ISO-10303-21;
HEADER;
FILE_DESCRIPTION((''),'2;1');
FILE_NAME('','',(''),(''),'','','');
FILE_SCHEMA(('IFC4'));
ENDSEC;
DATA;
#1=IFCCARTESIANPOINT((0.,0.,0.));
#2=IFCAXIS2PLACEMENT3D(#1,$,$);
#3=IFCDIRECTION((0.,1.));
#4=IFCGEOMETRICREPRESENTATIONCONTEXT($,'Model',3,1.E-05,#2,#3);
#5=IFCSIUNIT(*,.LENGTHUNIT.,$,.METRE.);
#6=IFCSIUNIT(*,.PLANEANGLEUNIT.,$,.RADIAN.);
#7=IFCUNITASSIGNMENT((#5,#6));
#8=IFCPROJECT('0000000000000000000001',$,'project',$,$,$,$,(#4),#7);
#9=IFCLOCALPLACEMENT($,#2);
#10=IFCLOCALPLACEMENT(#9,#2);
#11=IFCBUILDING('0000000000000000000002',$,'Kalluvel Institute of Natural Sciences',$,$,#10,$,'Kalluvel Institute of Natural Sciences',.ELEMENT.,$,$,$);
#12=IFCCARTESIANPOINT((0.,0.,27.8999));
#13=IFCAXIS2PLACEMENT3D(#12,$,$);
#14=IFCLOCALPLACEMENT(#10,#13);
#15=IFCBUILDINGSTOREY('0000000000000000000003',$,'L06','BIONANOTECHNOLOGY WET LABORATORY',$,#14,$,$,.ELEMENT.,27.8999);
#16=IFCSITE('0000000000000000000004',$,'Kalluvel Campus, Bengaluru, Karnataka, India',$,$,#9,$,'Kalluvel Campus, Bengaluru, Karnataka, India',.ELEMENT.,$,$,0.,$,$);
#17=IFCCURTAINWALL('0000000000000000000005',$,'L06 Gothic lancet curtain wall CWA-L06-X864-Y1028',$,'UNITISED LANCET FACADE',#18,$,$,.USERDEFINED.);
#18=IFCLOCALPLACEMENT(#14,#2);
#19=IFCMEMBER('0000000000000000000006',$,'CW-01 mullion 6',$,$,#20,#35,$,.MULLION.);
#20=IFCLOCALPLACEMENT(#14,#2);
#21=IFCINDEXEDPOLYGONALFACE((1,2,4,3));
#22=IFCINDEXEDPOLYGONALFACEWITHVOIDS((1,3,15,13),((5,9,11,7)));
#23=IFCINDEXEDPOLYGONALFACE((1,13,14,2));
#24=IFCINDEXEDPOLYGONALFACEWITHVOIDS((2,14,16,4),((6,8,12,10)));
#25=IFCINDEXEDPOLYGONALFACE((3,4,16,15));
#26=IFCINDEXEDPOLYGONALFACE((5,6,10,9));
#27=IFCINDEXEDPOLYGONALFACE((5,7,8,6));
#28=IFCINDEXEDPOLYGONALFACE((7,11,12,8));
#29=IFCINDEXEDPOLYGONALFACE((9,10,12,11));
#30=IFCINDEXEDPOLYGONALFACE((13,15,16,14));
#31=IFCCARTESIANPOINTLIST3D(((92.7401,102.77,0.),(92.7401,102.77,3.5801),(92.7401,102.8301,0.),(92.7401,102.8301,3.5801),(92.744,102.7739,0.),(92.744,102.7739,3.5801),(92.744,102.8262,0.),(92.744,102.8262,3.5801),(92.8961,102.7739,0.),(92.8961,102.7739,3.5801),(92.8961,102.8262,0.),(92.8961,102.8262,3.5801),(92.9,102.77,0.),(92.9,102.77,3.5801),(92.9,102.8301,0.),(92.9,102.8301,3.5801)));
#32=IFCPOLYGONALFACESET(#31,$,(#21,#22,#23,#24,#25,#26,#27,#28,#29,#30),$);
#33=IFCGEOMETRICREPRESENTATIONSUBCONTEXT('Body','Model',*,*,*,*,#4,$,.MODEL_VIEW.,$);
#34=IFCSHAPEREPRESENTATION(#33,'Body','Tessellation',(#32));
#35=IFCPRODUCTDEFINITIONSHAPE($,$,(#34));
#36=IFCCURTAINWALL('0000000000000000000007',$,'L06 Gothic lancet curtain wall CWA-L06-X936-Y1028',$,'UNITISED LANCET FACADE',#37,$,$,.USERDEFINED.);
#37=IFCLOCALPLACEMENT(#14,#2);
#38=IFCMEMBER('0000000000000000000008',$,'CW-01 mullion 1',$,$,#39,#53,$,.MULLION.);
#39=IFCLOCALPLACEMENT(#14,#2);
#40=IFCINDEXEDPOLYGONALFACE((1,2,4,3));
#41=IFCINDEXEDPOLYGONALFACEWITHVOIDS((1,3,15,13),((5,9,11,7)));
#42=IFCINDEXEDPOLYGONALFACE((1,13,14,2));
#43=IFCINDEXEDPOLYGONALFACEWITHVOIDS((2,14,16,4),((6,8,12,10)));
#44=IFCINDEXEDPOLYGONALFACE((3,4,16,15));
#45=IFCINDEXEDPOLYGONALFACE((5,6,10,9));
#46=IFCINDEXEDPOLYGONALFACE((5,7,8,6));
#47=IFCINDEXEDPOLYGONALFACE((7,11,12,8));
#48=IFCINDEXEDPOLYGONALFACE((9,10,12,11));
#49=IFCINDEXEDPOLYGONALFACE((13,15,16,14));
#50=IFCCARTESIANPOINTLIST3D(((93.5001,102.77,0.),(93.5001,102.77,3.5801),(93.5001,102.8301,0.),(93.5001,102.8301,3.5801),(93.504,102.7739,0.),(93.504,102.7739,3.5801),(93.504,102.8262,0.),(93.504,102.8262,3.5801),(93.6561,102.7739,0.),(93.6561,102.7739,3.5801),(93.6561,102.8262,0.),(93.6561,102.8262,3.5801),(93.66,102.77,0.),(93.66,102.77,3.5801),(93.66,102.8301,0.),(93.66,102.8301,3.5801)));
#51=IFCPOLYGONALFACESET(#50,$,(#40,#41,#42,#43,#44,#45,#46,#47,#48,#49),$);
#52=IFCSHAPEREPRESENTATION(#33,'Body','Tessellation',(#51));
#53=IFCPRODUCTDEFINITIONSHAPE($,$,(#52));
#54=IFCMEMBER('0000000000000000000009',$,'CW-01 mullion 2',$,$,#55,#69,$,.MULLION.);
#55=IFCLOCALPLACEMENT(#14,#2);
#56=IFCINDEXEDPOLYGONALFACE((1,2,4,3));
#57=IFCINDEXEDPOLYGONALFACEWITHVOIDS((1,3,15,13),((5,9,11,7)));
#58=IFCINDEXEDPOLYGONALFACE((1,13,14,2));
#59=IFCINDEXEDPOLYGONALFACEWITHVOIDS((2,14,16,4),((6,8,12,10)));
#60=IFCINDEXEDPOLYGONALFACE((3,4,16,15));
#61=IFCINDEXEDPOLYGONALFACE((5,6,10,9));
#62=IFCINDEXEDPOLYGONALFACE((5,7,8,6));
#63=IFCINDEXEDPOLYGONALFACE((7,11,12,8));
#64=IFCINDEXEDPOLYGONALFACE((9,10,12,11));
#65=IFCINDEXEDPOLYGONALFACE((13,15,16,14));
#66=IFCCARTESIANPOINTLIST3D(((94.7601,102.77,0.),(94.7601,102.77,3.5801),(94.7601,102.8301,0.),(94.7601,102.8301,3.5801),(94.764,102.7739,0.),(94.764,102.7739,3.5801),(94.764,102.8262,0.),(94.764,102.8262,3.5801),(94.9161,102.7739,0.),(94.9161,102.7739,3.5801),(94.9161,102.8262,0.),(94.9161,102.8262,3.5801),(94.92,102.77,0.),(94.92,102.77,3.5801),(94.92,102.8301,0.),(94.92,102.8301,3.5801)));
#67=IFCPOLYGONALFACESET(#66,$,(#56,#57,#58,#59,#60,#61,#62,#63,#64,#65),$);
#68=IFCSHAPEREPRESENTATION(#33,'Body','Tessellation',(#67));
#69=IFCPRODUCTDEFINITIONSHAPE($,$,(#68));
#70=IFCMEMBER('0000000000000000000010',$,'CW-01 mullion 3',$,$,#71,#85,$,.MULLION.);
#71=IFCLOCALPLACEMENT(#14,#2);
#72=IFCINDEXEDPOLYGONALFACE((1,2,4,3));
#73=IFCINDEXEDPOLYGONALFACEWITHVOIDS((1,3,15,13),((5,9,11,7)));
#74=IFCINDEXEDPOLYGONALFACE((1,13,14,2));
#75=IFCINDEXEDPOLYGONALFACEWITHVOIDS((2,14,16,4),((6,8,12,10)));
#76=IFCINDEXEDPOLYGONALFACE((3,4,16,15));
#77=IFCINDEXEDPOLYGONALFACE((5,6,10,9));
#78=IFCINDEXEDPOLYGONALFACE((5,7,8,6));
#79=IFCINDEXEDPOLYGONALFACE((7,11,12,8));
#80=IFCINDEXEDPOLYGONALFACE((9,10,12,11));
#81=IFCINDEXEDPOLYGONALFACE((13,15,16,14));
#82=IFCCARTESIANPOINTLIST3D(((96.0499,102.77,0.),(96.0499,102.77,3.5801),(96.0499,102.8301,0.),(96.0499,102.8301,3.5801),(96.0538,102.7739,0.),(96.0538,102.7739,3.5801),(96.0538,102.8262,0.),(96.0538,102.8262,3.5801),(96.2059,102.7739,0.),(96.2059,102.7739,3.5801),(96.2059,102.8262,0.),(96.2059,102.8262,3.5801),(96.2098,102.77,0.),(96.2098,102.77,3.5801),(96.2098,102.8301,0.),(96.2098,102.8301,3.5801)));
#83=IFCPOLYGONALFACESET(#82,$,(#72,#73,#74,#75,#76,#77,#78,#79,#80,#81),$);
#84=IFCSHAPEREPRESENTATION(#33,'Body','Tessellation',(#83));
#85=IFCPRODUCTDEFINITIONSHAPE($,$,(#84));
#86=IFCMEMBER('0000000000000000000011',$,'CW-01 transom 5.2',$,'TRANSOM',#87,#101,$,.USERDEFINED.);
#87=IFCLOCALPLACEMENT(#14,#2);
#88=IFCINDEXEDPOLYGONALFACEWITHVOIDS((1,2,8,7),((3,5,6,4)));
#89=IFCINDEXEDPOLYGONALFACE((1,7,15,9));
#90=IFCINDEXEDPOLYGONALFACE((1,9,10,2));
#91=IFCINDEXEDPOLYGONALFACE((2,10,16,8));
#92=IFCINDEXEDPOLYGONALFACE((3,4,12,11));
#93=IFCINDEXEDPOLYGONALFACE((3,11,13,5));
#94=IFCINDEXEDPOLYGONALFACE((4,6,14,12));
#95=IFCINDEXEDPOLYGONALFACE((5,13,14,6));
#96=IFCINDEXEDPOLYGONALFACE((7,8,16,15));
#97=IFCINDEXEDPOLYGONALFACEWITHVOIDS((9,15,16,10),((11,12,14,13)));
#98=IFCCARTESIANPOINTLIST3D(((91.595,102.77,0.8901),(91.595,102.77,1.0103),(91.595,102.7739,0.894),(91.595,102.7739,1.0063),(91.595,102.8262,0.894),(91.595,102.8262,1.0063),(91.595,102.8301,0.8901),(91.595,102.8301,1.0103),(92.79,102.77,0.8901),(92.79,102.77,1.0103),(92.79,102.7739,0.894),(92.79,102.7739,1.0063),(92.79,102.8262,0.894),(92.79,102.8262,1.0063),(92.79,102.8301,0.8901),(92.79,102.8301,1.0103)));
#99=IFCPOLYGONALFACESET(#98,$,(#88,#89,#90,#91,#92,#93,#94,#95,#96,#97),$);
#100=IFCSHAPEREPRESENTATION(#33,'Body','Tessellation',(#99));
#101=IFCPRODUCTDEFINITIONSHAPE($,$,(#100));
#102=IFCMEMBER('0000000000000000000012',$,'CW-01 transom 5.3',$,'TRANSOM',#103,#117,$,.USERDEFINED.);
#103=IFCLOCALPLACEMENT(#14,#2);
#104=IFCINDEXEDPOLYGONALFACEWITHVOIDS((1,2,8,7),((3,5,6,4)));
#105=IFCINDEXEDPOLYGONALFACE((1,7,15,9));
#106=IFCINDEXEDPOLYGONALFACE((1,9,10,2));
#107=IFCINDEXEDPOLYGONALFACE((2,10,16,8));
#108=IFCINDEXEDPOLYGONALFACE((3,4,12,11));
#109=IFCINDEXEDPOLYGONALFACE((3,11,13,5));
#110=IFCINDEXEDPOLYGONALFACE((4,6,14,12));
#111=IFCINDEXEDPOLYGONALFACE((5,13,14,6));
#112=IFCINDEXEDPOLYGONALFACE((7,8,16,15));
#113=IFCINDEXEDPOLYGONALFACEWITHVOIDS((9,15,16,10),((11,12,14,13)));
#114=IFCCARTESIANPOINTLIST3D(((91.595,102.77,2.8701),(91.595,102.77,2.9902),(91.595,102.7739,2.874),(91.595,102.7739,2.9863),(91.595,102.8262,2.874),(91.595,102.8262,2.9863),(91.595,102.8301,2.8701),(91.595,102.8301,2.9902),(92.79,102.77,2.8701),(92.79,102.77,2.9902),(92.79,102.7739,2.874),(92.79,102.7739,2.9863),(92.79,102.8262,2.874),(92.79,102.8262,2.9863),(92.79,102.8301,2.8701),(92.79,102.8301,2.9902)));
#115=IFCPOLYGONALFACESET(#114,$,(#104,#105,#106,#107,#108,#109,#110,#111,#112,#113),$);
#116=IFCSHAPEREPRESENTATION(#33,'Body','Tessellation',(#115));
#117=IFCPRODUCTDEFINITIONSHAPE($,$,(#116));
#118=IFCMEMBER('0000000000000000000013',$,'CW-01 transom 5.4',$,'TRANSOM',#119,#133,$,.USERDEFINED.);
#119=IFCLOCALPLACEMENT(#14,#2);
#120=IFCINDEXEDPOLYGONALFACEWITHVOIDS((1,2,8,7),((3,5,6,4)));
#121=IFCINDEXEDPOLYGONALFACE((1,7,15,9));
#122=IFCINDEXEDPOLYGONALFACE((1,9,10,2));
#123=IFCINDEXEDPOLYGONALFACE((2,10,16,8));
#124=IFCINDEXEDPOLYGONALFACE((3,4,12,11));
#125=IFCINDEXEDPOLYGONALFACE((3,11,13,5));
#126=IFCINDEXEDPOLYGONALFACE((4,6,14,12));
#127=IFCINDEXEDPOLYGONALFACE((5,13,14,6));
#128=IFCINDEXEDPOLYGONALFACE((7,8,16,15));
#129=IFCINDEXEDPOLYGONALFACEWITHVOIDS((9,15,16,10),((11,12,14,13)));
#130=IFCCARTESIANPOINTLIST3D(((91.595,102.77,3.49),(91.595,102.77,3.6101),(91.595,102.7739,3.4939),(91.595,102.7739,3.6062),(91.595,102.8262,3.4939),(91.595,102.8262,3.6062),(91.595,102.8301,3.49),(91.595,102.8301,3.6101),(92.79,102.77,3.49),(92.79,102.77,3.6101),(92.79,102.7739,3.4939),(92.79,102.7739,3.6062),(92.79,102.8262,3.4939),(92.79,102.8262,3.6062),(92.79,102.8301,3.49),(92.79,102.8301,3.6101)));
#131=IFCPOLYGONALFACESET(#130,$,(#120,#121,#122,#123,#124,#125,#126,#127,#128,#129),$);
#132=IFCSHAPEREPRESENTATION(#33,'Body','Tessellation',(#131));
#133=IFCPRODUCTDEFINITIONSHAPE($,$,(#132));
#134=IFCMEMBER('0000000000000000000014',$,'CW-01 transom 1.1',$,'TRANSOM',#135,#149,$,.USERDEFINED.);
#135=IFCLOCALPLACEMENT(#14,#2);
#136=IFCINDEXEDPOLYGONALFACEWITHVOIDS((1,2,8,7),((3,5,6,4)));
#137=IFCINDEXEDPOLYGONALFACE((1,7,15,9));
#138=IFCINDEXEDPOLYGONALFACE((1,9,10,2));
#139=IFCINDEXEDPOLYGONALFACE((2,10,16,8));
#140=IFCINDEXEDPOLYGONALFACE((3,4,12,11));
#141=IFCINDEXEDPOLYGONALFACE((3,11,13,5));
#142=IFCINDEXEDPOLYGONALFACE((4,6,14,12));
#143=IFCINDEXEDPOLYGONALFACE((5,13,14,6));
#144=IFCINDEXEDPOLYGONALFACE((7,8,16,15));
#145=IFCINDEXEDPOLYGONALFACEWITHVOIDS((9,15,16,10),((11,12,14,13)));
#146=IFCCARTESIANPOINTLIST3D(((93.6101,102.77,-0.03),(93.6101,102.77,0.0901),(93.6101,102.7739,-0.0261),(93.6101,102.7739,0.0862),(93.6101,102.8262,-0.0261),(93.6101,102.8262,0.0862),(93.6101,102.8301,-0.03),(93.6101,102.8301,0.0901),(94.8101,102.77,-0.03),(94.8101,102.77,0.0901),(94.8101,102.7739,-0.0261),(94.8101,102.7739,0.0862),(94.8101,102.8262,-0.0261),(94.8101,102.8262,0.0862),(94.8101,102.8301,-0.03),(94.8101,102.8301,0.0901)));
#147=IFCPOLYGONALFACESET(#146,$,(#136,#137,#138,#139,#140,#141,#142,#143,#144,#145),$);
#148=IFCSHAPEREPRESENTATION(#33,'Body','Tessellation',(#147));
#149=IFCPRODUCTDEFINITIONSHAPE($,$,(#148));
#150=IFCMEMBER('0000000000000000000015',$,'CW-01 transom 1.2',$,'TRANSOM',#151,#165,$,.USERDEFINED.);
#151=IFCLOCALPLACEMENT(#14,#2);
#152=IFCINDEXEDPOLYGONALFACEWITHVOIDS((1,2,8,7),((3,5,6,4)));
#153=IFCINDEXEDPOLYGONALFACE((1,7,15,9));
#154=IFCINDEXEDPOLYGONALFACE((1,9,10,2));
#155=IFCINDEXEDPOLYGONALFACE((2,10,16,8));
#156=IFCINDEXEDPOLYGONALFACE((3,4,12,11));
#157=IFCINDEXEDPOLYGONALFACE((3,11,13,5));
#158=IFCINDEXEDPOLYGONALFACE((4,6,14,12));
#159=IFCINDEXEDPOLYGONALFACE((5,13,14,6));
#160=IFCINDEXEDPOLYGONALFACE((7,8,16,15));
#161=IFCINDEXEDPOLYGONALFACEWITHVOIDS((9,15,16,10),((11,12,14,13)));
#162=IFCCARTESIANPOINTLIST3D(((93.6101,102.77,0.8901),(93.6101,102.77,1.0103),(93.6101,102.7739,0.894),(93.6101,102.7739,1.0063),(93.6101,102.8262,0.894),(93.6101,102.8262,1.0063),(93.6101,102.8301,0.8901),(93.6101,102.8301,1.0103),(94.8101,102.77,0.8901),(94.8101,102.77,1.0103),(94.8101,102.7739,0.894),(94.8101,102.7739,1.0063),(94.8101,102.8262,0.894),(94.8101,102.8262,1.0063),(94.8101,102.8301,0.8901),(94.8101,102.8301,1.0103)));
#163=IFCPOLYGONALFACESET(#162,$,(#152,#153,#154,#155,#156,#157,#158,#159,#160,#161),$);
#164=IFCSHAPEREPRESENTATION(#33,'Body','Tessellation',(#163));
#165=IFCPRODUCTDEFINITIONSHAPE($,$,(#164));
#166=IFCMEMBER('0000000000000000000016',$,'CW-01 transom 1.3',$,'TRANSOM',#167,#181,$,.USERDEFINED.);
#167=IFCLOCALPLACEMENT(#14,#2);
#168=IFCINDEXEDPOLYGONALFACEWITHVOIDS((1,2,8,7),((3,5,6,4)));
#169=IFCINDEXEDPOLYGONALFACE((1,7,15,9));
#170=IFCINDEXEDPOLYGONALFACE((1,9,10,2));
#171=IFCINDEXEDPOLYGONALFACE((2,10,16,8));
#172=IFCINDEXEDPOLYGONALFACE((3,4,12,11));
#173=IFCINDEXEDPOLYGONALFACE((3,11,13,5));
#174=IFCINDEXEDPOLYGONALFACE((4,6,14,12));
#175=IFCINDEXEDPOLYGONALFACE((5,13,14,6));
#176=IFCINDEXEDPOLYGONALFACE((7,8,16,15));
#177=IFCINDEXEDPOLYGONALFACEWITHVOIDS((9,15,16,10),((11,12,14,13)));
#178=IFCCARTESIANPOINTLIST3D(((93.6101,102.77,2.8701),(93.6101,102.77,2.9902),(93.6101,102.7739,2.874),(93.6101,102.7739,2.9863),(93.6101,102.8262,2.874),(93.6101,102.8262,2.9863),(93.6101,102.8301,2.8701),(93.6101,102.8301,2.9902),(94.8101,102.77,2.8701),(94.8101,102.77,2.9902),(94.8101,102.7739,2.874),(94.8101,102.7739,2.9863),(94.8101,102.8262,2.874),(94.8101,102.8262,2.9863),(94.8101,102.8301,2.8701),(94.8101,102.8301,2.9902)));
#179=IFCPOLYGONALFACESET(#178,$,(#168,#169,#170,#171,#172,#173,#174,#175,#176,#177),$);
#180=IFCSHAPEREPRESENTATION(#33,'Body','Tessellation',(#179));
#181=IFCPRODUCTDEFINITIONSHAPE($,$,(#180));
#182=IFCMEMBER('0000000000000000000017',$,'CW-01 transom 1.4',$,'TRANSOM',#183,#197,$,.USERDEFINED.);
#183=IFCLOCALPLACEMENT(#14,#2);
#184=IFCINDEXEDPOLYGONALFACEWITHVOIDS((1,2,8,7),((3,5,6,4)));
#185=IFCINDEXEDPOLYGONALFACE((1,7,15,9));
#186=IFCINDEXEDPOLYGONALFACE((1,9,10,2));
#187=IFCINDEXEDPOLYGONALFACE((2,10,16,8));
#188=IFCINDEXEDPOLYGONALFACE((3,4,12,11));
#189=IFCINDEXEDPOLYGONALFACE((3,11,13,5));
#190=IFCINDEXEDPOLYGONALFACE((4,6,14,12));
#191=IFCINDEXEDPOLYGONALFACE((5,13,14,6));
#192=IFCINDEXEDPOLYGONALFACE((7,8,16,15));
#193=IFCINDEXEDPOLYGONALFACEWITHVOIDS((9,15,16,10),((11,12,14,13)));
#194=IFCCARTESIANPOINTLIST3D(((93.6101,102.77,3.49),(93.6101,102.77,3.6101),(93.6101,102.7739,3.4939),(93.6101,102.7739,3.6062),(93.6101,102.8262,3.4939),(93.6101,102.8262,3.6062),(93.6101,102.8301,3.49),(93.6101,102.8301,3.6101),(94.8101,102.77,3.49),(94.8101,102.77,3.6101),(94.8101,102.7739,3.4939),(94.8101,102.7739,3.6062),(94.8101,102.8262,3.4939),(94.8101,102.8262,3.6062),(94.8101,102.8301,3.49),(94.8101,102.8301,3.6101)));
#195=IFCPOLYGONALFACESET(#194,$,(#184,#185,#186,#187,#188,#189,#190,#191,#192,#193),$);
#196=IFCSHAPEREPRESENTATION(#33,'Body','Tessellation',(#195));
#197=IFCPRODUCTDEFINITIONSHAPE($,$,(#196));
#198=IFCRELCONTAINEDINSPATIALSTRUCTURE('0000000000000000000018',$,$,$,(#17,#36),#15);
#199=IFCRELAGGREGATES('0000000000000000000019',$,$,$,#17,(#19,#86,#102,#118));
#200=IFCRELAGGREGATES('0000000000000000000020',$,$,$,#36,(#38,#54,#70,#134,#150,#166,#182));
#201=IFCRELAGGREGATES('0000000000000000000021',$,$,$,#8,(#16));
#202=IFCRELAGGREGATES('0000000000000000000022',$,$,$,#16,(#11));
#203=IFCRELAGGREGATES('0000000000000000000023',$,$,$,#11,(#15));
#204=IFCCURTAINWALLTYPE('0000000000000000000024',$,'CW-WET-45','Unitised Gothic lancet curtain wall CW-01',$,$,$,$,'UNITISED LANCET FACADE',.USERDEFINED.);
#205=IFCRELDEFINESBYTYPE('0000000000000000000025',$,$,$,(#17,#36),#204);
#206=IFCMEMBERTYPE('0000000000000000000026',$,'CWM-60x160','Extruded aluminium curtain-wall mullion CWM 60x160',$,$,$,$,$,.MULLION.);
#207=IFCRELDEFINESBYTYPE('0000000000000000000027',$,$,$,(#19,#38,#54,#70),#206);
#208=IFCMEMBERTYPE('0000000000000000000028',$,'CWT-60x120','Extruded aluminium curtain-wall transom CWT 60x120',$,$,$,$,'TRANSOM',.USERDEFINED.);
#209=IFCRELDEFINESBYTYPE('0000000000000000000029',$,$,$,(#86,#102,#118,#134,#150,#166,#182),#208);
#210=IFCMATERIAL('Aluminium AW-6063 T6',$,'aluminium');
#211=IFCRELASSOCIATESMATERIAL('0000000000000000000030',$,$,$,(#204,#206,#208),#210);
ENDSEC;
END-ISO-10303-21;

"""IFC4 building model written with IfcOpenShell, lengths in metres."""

from ifc_helpers import new_model, si_unit, direction, frame, origin, origin_2d, place, context, subcontext, project, spatial, hollow_rectangle, extrude, material, material_profile, profile_set, type_object, element, aggregate, save


model = new_model("IFC4")

# Units and contexts
model_context = context("Model", 3, precision=1e-05, world=origin(), true_north=direction((0.0, 1.0)))
body_context = subcontext(model_context, "Body", "Model", "MODEL_VIEW")
ifc_project = project(units=[si_unit("LENGTHUNIT", "METRE"), si_unit("PLANEANGLEUNIT", "RADIAN")], contexts=[model_context])

# Site, building, storey
site_placement = place(None, origin())
site = spatial("IfcSite", under=ifc_project, at=site_placement, Name="Kalluvel Campus, Bengaluru, Karnataka, India", LongName="Kalluvel Campus, Bengaluru, Karnataka, India", CompositionType="ELEMENT", RefElevation=0.0)
building_placement = place(site_placement, origin())
building = spatial("IfcBuilding", under=site, at=building_placement, Name="Kalluvel Institute of Natural Sciences", LongName="Kalluvel Institute of Natural Sciences", CompositionType="ELEMENT")
storey_placement = place(building_placement, frame((0.0, 0.0, 27.8999)))
storey = spatial("IfcBuildingStorey", under=building, at=storey_placement, Name="L06", Description="BIONANOTECHNOLOGY WET LABORATORY", CompositionType="ELEMENT", Elevation=27.8999)

# Curtain wall, member
ifc_material_1 = material(Name="Aluminium AW-6063 T6", Category="aluminium")
curtain_wall_type = type_object("IfcCurtainWallType", Name="CW-WET-45", Description="Unitised Gothic lancet curtain wall CW-01", ElementType="UNITISED LANCET FACADE", PredefinedType="USERDEFINED", material=ifc_material_1)
curtain_wall_1_placement = place(storey_placement, origin())
curtain_wall_1 = element("IfcCurtainWall", 1, at=curtain_wall_1_placement, inside=storey, type_object=curtain_wall_type, Name="L06 Gothic lancet curtain wall CWA-L06-X864-Y1028", ObjectType="UNITISED LANCET FACADE", PredefinedType="USERDEFINED")
ifc_material_profile_1 = material_profile(ifc_material_1, hollow_rectangle(XDim=0.0601, YDim=0.1599, WallThickness=0.0039, at=origin_2d()), Name="CWM 60x160")
ifc_profile_set_1 = profile_set([ifc_material_profile_1], Name="Aluminium AW-6063 T6")
member_type_1 = type_object("IfcMemberType", Name="CWM-60x160", Description="Extruded aluminium curtain-wall mullion CWM 60x160", PredefinedType="MULLION", material=ifc_profile_set_1)
member_1_placement = place(storey_placement, frame((92.8201, 102.8, 0.0), z_axis=(0.0, 0.0, 1.0), x_axis=(0.0, 1.0, 0.0)))
member_1 = element("IfcMember", 2, at=member_1_placement, type_object=member_type_1, Name="CW-01 mullion 6", PredefinedType="MULLION", context=body_context, shape_type="SweptSolid", body=[
    extrude(hollow_rectangle(XDim=0.0601, YDim=0.1599, WallThickness=0.0039, at=origin_2d()), origin(), (0.0, 0.0, 1.0), 3.5801),
])

# Curtain wall, members
curtain_wall_2_placement = place(storey_placement, origin())
curtain_wall_2 = element("IfcCurtainWall", 3, at=curtain_wall_2_placement, inside=storey, type_object=curtain_wall_type, Name="L06 Gothic lancet curtain wall CWA-L06-X936-Y1028", ObjectType="UNITISED LANCET FACADE", PredefinedType="USERDEFINED")
member_2_placement = place(storey_placement, frame((93.5801, 102.8, 0.0), z_axis=(0.0, 0.0, 1.0), x_axis=(0.0, 1.0, 0.0)))
member_2 = element("IfcMember", 4, at=member_2_placement, type_object=member_type_1, Name="CW-01 mullion 1", PredefinedType="MULLION", context=body_context, shape_type="SweptSolid", body=[
    extrude(hollow_rectangle(XDim=0.0601, YDim=0.1599, WallThickness=0.0039, at=origin_2d()), origin(), (0.0, 0.0, 1.0), 3.5801),
])
member_3_placement = place(storey_placement, frame((94.8401, 102.8, 0.0), z_axis=(0.0, 0.0, 1.0), x_axis=(0.0, 1.0, 0.0)))
member_3 = element("IfcMember", 5, at=member_3_placement, type_object=member_type_1, Name="CW-01 mullion 2", PredefinedType="MULLION", context=body_context, shape_type="SweptSolid", body=[
    extrude(hollow_rectangle(XDim=0.0601, YDim=0.1599, WallThickness=0.0039, at=origin_2d()), origin(), (0.0, 0.0, 1.0), 3.5801),
])
member_4_placement = place(storey_placement, frame((96.1299, 102.8, 0.0), z_axis=(0.0, 0.0, 1.0), x_axis=(0.0, 1.0, 0.0)))
member_4 = element("IfcMember", 6, at=member_4_placement, type_object=member_type_1, Name="CW-01 mullion 3", PredefinedType="MULLION", context=body_context, shape_type="SweptSolid", body=[
    extrude(hollow_rectangle(XDim=0.0601, YDim=0.1599, WallThickness=0.0039, at=origin_2d()), origin(), (0.0, 0.0, 1.0), 3.5801),
])

# Members
ifc_material_profile_2 = material_profile(ifc_material_1, hollow_rectangle(XDim=0.0601, YDim=0.1201, WallThickness=0.0039, at=origin_2d()), Name="CWT 60x120")
ifc_profile_set_2 = profile_set([ifc_material_profile_2], Name="Aluminium AW-6063 T6")
member_type_2 = type_object("IfcMemberType", Name="CWT-60x120", Description="Extruded aluminium curtain-wall transom CWT 60x120", ElementType="TRANSOM", PredefinedType="USERDEFINED", material=ifc_profile_set_2)
member_5_placement = place(storey_placement, frame((91.595, 102.8, 0.9502), z_axis=(1.0, 0.0, 0.0), x_axis=(0.0, 1.0, 0.0)))
member_5 = element("IfcMember", 7, at=member_5_placement, type_object=member_type_2, Name="CW-01 transom 5.2", ObjectType="TRANSOM", PredefinedType="USERDEFINED", context=body_context, shape_type="SweptSolid", body=[
    extrude(hollow_rectangle(XDim=0.0601, YDim=0.1201, WallThickness=0.0039, at=origin_2d()), origin(), (0.0, 0.0, 1.0), 1.1951),
])
member_6_placement = place(storey_placement, frame((91.595, 102.8, 2.9302), z_axis=(1.0, 0.0, 0.0), x_axis=(0.0, 1.0, 0.0)))
member_6 = element("IfcMember", 8, at=member_6_placement, type_object=member_type_2, Name="CW-01 transom 5.3", ObjectType="TRANSOM", PredefinedType="USERDEFINED", context=body_context, shape_type="SweptSolid", body=[
    extrude(hollow_rectangle(XDim=0.0601, YDim=0.1201, WallThickness=0.0039, at=origin_2d()), origin(), (0.0, 0.0, 1.0), 1.1951),
])
member_7_placement = place(storey_placement, frame((91.595, 102.8, 3.55), z_axis=(1.0, 0.0, 0.0), x_axis=(0.0, 1.0, 0.0)))
member_7 = element("IfcMember", 9, at=member_7_placement, type_object=member_type_2, Name="CW-01 transom 5.4", ObjectType="TRANSOM", PredefinedType="USERDEFINED", context=body_context, shape_type="SweptSolid", body=[
    extrude(hollow_rectangle(XDim=0.0601, YDim=0.1201, WallThickness=0.0039, at=origin_2d()), origin(), (0.0, 0.0, 1.0), 1.1951),
])
member_8_placement = place(storey_placement, frame((93.6101, 102.8, 0.03), z_axis=(1.0, 0.0, 0.0), x_axis=(0.0, 1.0, 0.0)))
member_8 = element("IfcMember", 10, at=member_8_placement, type_object=member_type_2, Name="CW-01 transom 1.1", ObjectType="TRANSOM", PredefinedType="USERDEFINED", context=body_context, shape_type="SweptSolid", body=[
    extrude(hollow_rectangle(XDim=0.0601, YDim=0.1201, WallThickness=0.0039, at=origin_2d()), origin(), (0.0, 0.0, 1.0), 1.2),
])
member_9_placement = place(storey_placement, frame((93.6101, 102.8, 0.9502), z_axis=(1.0, 0.0, 0.0), x_axis=(0.0, 1.0, 0.0)))
member_9 = element("IfcMember", 11, at=member_9_placement, type_object=member_type_2, Name="CW-01 transom 1.2", ObjectType="TRANSOM", PredefinedType="USERDEFINED", context=body_context, shape_type="SweptSolid", body=[
    extrude(hollow_rectangle(XDim=0.0601, YDim=0.1201, WallThickness=0.0039, at=origin_2d()), origin(), (0.0, 0.0, 1.0), 1.2),
])
member_10_placement = place(storey_placement, frame((93.6101, 102.8, 2.9302), z_axis=(1.0, 0.0, 0.0), x_axis=(0.0, 1.0, 0.0)))
member_10 = element("IfcMember", 12, at=member_10_placement, type_object=member_type_2, Name="CW-01 transom 1.3", ObjectType="TRANSOM", PredefinedType="USERDEFINED", context=body_context, shape_type="SweptSolid", body=[
    extrude(hollow_rectangle(XDim=0.0601, YDim=0.1201, WallThickness=0.0039, at=origin_2d()), origin(), (0.0, 0.0, 1.0), 1.2),
])
member_11_placement = place(storey_placement, frame((93.6101, 102.8, 3.55), z_axis=(1.0, 0.0, 0.0), x_axis=(0.0, 1.0, 0.0)))
member_11 = element("IfcMember", 13, at=member_11_placement, type_object=member_type_2, Name="CW-01 transom 1.4", ObjectType="TRANSOM", PredefinedType="USERDEFINED", context=body_context, shape_type="SweptSolid", body=[
    extrude(hollow_rectangle(XDim=0.0601, YDim=0.1201, WallThickness=0.0039, at=origin_2d()), origin(), (0.0, 0.0, 1.0), 1.2),
])

aggregate(curtain_wall_1, [member_1, member_5, member_6, member_7])
aggregate(curtain_wall_2, [member_2, member_3, member_4, member_8, member_9, member_10, member_11])

save(model, "model.ifc")
